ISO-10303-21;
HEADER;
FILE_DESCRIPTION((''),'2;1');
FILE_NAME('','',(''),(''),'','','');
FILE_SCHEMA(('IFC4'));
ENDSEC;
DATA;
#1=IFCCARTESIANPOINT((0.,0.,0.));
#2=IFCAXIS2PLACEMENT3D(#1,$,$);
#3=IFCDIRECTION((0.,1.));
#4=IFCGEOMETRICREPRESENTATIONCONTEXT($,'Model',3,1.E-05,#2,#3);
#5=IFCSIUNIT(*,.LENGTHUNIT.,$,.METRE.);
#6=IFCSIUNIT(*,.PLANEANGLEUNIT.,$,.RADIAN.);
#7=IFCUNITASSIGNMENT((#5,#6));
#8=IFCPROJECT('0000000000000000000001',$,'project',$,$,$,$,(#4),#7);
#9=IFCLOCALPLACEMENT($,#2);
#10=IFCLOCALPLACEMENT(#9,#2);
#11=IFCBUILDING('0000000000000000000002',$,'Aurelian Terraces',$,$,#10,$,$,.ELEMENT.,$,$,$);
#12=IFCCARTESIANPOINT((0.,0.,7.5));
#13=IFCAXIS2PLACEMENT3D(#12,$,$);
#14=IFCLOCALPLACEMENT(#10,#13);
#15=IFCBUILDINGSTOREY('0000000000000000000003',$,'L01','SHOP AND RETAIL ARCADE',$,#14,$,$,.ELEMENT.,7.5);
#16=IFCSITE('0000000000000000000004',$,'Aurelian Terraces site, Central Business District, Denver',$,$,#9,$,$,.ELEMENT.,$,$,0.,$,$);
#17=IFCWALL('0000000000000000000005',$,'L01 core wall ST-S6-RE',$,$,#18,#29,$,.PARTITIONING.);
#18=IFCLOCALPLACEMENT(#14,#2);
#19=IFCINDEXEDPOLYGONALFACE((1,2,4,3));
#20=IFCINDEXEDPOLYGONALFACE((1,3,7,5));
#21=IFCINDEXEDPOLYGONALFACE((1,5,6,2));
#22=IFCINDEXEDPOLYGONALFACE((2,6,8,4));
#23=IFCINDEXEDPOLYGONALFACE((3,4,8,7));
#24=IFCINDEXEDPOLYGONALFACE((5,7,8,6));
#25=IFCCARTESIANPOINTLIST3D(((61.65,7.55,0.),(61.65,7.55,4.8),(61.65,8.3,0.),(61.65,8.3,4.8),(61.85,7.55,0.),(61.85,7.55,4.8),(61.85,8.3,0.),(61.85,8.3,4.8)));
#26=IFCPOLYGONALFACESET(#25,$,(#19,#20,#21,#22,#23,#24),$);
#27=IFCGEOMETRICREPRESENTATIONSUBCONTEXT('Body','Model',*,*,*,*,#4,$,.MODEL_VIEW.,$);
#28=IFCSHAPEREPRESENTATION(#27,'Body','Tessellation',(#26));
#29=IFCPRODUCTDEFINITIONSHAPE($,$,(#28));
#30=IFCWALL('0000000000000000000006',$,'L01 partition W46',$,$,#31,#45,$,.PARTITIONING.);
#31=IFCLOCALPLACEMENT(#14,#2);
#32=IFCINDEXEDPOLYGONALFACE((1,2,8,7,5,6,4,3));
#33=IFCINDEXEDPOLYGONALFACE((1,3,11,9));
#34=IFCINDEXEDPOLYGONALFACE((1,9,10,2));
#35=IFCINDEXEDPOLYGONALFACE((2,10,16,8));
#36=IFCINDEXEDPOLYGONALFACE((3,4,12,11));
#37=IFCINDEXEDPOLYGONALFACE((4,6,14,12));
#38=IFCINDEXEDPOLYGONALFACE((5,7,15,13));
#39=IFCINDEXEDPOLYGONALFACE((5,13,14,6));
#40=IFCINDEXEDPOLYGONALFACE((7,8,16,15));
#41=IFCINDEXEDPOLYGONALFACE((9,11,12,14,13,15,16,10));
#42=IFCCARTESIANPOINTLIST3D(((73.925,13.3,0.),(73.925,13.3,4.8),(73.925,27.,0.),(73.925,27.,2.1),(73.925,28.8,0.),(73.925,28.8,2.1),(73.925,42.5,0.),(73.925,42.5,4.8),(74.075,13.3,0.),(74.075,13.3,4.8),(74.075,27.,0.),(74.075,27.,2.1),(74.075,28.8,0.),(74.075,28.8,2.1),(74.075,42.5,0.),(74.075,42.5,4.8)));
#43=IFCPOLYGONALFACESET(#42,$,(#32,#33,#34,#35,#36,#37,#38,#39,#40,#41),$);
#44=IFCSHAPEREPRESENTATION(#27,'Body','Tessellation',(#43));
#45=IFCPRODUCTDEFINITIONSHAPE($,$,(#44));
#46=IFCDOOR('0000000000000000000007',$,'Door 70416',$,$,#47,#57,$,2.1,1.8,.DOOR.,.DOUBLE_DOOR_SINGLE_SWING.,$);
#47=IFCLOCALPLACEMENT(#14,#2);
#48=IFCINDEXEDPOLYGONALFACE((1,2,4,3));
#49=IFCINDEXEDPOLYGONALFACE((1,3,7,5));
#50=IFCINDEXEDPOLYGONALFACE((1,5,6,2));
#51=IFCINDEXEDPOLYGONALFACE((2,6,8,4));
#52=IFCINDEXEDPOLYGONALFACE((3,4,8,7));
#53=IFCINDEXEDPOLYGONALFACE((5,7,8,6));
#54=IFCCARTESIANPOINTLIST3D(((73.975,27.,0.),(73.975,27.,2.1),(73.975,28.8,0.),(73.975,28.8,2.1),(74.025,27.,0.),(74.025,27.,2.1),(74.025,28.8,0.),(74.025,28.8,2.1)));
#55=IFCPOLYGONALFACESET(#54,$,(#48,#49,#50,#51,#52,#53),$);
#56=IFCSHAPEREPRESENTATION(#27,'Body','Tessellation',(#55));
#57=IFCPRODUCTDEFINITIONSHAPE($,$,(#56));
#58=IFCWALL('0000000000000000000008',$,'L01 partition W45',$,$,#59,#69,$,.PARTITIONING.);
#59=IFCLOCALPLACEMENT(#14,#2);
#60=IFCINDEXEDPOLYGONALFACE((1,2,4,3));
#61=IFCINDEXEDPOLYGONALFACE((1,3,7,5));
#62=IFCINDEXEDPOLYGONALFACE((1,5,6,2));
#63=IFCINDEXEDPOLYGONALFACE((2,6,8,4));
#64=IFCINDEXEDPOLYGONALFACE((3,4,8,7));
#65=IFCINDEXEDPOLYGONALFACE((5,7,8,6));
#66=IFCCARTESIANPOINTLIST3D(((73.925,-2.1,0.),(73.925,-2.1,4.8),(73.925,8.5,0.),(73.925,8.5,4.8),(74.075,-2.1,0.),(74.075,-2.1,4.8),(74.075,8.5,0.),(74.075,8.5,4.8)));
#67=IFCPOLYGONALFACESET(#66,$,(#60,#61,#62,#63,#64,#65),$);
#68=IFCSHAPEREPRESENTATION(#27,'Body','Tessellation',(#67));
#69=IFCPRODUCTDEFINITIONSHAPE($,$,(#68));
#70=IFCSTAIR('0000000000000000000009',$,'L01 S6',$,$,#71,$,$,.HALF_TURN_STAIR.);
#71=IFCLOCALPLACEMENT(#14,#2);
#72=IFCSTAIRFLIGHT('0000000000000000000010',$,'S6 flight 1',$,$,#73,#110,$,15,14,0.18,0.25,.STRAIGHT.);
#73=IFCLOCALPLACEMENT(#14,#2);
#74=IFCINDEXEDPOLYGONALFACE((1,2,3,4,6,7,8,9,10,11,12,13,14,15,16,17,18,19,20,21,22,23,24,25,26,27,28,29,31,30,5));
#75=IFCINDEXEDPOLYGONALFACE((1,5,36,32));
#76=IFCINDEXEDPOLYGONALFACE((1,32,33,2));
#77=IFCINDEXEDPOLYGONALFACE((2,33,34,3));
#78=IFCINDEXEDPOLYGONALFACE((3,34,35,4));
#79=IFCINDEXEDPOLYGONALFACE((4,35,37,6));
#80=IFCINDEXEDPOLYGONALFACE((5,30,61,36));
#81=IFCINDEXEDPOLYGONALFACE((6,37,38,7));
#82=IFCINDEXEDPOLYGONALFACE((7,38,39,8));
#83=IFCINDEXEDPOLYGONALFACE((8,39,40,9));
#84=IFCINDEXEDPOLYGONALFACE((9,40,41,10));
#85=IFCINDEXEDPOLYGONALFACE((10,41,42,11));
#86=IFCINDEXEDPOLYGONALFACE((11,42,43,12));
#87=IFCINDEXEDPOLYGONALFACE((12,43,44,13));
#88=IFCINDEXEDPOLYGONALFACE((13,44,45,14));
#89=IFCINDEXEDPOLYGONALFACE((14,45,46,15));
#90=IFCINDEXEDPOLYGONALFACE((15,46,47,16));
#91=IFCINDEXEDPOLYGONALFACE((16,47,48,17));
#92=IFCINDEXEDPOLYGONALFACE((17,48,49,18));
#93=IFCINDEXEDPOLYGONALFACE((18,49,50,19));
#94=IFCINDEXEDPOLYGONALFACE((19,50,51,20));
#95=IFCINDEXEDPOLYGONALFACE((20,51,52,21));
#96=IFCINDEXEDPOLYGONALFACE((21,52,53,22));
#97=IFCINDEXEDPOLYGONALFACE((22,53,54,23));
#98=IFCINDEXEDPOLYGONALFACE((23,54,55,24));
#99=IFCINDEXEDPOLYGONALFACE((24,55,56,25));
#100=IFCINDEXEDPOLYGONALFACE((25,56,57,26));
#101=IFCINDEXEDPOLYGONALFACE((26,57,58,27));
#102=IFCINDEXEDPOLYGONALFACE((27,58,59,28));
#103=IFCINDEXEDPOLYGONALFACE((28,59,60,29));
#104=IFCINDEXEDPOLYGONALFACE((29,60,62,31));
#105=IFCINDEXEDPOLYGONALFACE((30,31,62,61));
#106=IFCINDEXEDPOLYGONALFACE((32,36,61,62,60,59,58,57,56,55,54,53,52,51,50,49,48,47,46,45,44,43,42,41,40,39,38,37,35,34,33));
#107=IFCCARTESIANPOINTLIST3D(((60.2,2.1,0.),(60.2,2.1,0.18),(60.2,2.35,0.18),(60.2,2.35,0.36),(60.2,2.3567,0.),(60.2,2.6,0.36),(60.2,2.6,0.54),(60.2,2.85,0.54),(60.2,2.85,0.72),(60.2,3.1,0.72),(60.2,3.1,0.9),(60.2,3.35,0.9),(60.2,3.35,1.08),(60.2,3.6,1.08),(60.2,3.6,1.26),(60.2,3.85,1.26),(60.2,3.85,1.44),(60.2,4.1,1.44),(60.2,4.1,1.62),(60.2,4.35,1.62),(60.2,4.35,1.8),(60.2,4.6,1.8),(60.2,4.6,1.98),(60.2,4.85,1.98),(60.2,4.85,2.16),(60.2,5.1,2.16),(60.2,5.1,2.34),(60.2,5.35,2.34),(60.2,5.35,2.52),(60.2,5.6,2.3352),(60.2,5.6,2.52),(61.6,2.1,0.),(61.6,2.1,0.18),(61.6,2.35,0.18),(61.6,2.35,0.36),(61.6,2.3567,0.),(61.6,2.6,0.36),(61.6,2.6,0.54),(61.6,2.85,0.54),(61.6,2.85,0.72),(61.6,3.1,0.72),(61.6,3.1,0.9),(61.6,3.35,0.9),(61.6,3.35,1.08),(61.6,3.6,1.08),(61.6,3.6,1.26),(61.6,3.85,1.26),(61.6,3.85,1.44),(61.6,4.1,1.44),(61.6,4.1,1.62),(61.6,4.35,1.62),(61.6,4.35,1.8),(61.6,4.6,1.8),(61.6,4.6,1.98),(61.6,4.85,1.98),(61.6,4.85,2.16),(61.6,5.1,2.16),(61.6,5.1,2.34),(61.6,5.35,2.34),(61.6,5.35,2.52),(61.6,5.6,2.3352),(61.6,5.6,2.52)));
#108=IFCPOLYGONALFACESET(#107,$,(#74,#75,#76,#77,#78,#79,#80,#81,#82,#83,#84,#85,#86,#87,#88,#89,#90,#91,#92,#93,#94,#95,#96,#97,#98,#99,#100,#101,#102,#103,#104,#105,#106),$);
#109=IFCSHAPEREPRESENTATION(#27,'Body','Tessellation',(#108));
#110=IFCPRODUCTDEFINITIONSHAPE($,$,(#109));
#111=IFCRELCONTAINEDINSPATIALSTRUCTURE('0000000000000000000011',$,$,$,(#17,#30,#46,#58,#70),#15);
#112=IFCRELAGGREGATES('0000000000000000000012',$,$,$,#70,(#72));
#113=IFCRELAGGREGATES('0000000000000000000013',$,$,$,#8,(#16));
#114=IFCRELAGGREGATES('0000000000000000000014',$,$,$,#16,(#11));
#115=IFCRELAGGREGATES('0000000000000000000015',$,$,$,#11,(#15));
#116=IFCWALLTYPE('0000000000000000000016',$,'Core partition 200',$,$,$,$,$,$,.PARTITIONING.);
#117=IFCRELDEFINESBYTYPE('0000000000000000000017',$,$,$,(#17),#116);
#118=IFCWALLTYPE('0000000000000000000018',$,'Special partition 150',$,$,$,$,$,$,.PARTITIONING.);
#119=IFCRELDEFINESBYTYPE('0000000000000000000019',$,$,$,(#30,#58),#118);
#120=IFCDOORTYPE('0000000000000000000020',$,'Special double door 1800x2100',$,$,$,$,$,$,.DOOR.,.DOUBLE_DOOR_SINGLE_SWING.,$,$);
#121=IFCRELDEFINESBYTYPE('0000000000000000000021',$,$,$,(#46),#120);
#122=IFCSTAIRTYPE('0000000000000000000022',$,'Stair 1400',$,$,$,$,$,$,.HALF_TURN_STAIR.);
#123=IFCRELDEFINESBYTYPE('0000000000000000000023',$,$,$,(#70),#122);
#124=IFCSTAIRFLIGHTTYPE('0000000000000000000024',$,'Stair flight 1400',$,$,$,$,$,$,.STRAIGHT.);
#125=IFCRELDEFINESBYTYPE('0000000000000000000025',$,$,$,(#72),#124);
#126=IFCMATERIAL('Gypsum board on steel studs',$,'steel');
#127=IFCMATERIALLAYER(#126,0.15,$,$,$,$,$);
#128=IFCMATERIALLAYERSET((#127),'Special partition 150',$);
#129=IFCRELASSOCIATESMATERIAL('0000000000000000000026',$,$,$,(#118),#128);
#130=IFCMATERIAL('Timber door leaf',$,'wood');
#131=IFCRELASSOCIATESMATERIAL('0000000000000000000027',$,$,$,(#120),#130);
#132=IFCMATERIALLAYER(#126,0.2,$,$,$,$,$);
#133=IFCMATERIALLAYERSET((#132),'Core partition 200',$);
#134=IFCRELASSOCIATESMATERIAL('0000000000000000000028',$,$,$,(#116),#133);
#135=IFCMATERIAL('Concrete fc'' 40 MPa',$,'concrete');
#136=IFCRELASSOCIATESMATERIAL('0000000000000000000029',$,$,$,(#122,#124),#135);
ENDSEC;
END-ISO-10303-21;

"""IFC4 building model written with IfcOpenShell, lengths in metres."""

from ifc_helpers import new_model, si_unit, direction, frame, frame_2d, origin, place, context, subcontext, project, spatial, polyline, rectangle, outline, extrude, source, transform, mapped, material, layer, layer_set, type_object, element, fill, aggregate, save


model = new_model("IFC4")

# Units and contexts
model_context = context("Model", 3, precision=1e-05, world=origin(), true_north=direction((0.0, 1.0)))
body_context = subcontext(model_context, "Body", "Model", "MODEL_VIEW")
ifc_project = project(units=[si_unit("LENGTHUNIT", "METRE"), si_unit("PLANEANGLEUNIT", "RADIAN")], contexts=[model_context])

# Site, building, storey
site_placement = place(None, origin())
site = spatial("IfcSite", under=ifc_project, at=site_placement, Name="Aurelian Terraces site, Central Business District, Denver", CompositionType="ELEMENT", RefElevation=0.0)
building_placement = place(site_placement, origin())
building = spatial("IfcBuilding", under=site, at=building_placement, Name="Aurelian Terraces", CompositionType="ELEMENT")
storey_placement = place(building_placement, frame((0.0, 0.0, 7.5)))
storey = spatial("IfcBuildingStorey", under=building, at=storey_placement, Name="L01", Description="SHOP AND RETAIL ARCADE", CompositionType="ELEMENT", Elevation=7.5)

# Shared definitions
ifc_material_1 = material(Name="Gypsum board on steel studs", Category="steel")
ifc_layer_1 = layer(ifc_material_1, 0.15)
ifc_layer_set_1 = layer_set([ifc_layer_1], Name="Special partition 150")
wall_type_1 = type_object("IfcWallType", Name="Special partition 150", PredefinedType="PARTITIONING", material=ifc_layer_set_1)
shared_shape_1 = source(origin(), body_context, "Body", "SweptSolid", [
    extrude(rectangle(XDim=1.8, YDim=2.1, at=frame_2d((0.9, 1.05))), frame((0.0, 0.085, 0.0), z_axis=(0.0, -1.0, 0.0), x_axis=(1.0, 0.0, 0.0)), (0.0, 0.0, 1.0), 0.17),
])
ifc_material_2 = material(Name="Timber door leaf", Category="wood")
door_type = type_object("IfcDoorType", Name="Special double door 1800x2100", OperationType="DOUBLE_DOOR_SINGLE_SWING", PredefinedType="DOOR", material=ifc_material_2)
shared_shape_2 = source(origin(), body_context, "Body", "SweptSolid", [
    extrude(rectangle(XDim=1.8, YDim=2.1, at=frame_2d((0.9, 1.05))), frame((0.0, 0.025, 0.0), z_axis=(0.0, -1.0, 0.0), x_axis=(1.0, 0.0, 0.0)), (0.0, 0.0, 1.0), 0.05),
])

# Wall
ifc_material_3 = material(Name="Concrete fc' 40 MPa", Category="concrete")
ifc_layer_2 = layer(ifc_material_1, 0.2)
ifc_layer_set_2 = layer_set([ifc_layer_2], Name="Core partition 200")
wall_type_2 = type_object("IfcWallType", Name="Core partition 200", PredefinedType="PARTITIONING", material=ifc_layer_set_2)
shared_shape_3 = source(origin(), body_context, "Body", "SweptSolid", [
    extrude(rectangle(XDim=0.75, YDim=0.2, at=frame_2d((0.375, 0.0))), origin(), (0.0, 0.0, 1.0), 4.8),
])
wall_1_placement = place(storey_placement, frame((61.75, 7.55, 0.0), z_axis=(0.0, 0.0, 1.0), x_axis=(0.0, 1.0, 0.0)))
element("IfcWall", 1, at=wall_1_placement, inside=storey, type_object=wall_type_2, Name="L01 core wall ST-S6-RE", PredefinedType="PARTITIONING", context=body_context, shape_type="MappedRepresentation", body=[
    mapped(shared_shape_3, transform((0.0, 0.0, 0.0), scale=1.0)),
])

# Wall, opening, door
shared_shape_4 = source(origin(), body_context, "Body", "SweptSolid", [
    extrude(rectangle(XDim=29.2, YDim=0.15, at=frame_2d((14.6, 0.0))), origin(), (0.0, 0.0, 1.0), 4.8),
])
wall_2_placement = place(storey_placement, frame((74.0, 13.3, 0.0), z_axis=(0.0, 0.0, 1.0), x_axis=(0.0, 1.0, 0.0)))
wall_2 = element("IfcWall", 2, at=wall_2_placement, inside=storey, type_object=wall_type_1, Name="L01 partition W46", PredefinedType="PARTITIONING", context=body_context, shape_type="MappedRepresentation", body=[
    mapped(shared_shape_4, transform((0.0, 0.0, 0.0), scale=1.0)),
])
opening_1_placement = place(wall_2_placement, frame((13.7, 0.0, 0.0)))
opening_1 = element("IfcOpeningElement", 3, at=opening_1_placement, cuts=wall_2, PredefinedType="OPENING", context=body_context, shape_type="MappedRepresentation", body=[
    mapped(shared_shape_1, transform((0.0, 0.0, 0.0), scale=1.0)),
])
door_1_placement = place(opening_1_placement, origin())
door_1 = element("IfcDoor", 4, at=door_1_placement, inside=storey, type_object=door_type, Name="Door 70416", OperationType="DOUBLE_DOOR_SINGLE_SWING", OverallHeight=2.1, OverallWidth=1.8, PredefinedType="DOOR", context=body_context, shape_type="MappedRepresentation", body=[
    mapped(shared_shape_2, transform((0.0, 0.0, 0.0), scale=1.0)),
])
fill(opening_1, door_1)

# Wall
shared_shape_5 = source(origin(), body_context, "Body", "SweptSolid", [
    extrude(rectangle(XDim=10.6, YDim=0.15, at=frame_2d((5.3, 0.0))), origin(), (0.0, 0.0, 1.0), 4.8),
])
wall_3_placement = place(storey_placement, frame((74.0, -2.1, 0.0), z_axis=(0.0, 0.0, 1.0), x_axis=(0.0, 1.0, 0.0)))
element("IfcWall", 5, at=wall_3_placement, inside=storey, type_object=wall_type_1, Name="L01 partition W45", PredefinedType="PARTITIONING", context=body_context, shape_type="MappedRepresentation", body=[
    mapped(shared_shape_5, transform((0.0, 0.0, 0.0), scale=1.0)),
])

# Stair, stair flight
stair_type = type_object("IfcStairType", Name="Stair 1400", PredefinedType="HALF_TURN_STAIR", material=ifc_material_3)
stair_placement = place(storey_placement, origin())
stair = element("IfcStair", 6, at=stair_placement, inside=storey, type_object=stair_type, Name="L01 S6", PredefinedType="HALF_TURN_STAIR")
stair_flight_type = type_object("IfcStairFlightType", Name="Stair flight 1400", PredefinedType="STRAIGHT", material=ifc_material_3)
shared_shape_6 = source(origin(), body_context, "Body", "SweptSolid", [
    extrude(outline(polyline([(0.0, 0.0), (0.0, 0.18), (0.25, 0.18), (0.25, 0.36), (0.5, 0.36), (0.5, 0.54), (0.75, 0.54), (0.75, 0.72), (1.0, 0.72), (1.0, 0.9), (1.25, 0.9), (1.25, 1.08), (1.5, 1.08), (1.5, 1.26), (1.75, 1.26), (1.75, 1.44), (2.0, 1.44), (2.0, 1.62), (2.25, 1.62), (2.25, 1.8), (2.5, 1.8), (2.5, 1.98), (2.75, 1.98), (2.75, 2.16), (3.0, 2.16), (3.0, 2.34), (3.25, 2.34), (3.25, 2.52), (3.5, 2.52), (3.5, 2.7), (3.5, 2.3352), (0.2567, 0.0), (0.0, 0.0)])), frame((0.0, 0.7, 0.0), z_axis=(0.0, -1.0, 0.0), x_axis=(1.0, 0.0, 0.0)), (0.0, 0.0, 1.0), 1.4),
])
stair_flight_placement = place(storey_placement, frame((60.9, 2.1, 0.0), z_axis=(0.0, 0.0, 1.0), x_axis=(0.0, 1.0, 0.0)))
stair_flight = element("IfcStairFlight", 7, at=stair_flight_placement, type_object=stair_flight_type, Name="S6 flight 1", NumberOfRisers=15, NumberOfTreads=14, PredefinedType="STRAIGHT", RiserHeight=0.18, TreadLength=0.25, context=body_context, shape_type="MappedRepresentation", body=[
    mapped(shared_shape_6, transform((0.0, 0.0, 0.0), scale=1.0)),
])
aggregate(stair, [stair_flight])

save(model, "model.ifc")
